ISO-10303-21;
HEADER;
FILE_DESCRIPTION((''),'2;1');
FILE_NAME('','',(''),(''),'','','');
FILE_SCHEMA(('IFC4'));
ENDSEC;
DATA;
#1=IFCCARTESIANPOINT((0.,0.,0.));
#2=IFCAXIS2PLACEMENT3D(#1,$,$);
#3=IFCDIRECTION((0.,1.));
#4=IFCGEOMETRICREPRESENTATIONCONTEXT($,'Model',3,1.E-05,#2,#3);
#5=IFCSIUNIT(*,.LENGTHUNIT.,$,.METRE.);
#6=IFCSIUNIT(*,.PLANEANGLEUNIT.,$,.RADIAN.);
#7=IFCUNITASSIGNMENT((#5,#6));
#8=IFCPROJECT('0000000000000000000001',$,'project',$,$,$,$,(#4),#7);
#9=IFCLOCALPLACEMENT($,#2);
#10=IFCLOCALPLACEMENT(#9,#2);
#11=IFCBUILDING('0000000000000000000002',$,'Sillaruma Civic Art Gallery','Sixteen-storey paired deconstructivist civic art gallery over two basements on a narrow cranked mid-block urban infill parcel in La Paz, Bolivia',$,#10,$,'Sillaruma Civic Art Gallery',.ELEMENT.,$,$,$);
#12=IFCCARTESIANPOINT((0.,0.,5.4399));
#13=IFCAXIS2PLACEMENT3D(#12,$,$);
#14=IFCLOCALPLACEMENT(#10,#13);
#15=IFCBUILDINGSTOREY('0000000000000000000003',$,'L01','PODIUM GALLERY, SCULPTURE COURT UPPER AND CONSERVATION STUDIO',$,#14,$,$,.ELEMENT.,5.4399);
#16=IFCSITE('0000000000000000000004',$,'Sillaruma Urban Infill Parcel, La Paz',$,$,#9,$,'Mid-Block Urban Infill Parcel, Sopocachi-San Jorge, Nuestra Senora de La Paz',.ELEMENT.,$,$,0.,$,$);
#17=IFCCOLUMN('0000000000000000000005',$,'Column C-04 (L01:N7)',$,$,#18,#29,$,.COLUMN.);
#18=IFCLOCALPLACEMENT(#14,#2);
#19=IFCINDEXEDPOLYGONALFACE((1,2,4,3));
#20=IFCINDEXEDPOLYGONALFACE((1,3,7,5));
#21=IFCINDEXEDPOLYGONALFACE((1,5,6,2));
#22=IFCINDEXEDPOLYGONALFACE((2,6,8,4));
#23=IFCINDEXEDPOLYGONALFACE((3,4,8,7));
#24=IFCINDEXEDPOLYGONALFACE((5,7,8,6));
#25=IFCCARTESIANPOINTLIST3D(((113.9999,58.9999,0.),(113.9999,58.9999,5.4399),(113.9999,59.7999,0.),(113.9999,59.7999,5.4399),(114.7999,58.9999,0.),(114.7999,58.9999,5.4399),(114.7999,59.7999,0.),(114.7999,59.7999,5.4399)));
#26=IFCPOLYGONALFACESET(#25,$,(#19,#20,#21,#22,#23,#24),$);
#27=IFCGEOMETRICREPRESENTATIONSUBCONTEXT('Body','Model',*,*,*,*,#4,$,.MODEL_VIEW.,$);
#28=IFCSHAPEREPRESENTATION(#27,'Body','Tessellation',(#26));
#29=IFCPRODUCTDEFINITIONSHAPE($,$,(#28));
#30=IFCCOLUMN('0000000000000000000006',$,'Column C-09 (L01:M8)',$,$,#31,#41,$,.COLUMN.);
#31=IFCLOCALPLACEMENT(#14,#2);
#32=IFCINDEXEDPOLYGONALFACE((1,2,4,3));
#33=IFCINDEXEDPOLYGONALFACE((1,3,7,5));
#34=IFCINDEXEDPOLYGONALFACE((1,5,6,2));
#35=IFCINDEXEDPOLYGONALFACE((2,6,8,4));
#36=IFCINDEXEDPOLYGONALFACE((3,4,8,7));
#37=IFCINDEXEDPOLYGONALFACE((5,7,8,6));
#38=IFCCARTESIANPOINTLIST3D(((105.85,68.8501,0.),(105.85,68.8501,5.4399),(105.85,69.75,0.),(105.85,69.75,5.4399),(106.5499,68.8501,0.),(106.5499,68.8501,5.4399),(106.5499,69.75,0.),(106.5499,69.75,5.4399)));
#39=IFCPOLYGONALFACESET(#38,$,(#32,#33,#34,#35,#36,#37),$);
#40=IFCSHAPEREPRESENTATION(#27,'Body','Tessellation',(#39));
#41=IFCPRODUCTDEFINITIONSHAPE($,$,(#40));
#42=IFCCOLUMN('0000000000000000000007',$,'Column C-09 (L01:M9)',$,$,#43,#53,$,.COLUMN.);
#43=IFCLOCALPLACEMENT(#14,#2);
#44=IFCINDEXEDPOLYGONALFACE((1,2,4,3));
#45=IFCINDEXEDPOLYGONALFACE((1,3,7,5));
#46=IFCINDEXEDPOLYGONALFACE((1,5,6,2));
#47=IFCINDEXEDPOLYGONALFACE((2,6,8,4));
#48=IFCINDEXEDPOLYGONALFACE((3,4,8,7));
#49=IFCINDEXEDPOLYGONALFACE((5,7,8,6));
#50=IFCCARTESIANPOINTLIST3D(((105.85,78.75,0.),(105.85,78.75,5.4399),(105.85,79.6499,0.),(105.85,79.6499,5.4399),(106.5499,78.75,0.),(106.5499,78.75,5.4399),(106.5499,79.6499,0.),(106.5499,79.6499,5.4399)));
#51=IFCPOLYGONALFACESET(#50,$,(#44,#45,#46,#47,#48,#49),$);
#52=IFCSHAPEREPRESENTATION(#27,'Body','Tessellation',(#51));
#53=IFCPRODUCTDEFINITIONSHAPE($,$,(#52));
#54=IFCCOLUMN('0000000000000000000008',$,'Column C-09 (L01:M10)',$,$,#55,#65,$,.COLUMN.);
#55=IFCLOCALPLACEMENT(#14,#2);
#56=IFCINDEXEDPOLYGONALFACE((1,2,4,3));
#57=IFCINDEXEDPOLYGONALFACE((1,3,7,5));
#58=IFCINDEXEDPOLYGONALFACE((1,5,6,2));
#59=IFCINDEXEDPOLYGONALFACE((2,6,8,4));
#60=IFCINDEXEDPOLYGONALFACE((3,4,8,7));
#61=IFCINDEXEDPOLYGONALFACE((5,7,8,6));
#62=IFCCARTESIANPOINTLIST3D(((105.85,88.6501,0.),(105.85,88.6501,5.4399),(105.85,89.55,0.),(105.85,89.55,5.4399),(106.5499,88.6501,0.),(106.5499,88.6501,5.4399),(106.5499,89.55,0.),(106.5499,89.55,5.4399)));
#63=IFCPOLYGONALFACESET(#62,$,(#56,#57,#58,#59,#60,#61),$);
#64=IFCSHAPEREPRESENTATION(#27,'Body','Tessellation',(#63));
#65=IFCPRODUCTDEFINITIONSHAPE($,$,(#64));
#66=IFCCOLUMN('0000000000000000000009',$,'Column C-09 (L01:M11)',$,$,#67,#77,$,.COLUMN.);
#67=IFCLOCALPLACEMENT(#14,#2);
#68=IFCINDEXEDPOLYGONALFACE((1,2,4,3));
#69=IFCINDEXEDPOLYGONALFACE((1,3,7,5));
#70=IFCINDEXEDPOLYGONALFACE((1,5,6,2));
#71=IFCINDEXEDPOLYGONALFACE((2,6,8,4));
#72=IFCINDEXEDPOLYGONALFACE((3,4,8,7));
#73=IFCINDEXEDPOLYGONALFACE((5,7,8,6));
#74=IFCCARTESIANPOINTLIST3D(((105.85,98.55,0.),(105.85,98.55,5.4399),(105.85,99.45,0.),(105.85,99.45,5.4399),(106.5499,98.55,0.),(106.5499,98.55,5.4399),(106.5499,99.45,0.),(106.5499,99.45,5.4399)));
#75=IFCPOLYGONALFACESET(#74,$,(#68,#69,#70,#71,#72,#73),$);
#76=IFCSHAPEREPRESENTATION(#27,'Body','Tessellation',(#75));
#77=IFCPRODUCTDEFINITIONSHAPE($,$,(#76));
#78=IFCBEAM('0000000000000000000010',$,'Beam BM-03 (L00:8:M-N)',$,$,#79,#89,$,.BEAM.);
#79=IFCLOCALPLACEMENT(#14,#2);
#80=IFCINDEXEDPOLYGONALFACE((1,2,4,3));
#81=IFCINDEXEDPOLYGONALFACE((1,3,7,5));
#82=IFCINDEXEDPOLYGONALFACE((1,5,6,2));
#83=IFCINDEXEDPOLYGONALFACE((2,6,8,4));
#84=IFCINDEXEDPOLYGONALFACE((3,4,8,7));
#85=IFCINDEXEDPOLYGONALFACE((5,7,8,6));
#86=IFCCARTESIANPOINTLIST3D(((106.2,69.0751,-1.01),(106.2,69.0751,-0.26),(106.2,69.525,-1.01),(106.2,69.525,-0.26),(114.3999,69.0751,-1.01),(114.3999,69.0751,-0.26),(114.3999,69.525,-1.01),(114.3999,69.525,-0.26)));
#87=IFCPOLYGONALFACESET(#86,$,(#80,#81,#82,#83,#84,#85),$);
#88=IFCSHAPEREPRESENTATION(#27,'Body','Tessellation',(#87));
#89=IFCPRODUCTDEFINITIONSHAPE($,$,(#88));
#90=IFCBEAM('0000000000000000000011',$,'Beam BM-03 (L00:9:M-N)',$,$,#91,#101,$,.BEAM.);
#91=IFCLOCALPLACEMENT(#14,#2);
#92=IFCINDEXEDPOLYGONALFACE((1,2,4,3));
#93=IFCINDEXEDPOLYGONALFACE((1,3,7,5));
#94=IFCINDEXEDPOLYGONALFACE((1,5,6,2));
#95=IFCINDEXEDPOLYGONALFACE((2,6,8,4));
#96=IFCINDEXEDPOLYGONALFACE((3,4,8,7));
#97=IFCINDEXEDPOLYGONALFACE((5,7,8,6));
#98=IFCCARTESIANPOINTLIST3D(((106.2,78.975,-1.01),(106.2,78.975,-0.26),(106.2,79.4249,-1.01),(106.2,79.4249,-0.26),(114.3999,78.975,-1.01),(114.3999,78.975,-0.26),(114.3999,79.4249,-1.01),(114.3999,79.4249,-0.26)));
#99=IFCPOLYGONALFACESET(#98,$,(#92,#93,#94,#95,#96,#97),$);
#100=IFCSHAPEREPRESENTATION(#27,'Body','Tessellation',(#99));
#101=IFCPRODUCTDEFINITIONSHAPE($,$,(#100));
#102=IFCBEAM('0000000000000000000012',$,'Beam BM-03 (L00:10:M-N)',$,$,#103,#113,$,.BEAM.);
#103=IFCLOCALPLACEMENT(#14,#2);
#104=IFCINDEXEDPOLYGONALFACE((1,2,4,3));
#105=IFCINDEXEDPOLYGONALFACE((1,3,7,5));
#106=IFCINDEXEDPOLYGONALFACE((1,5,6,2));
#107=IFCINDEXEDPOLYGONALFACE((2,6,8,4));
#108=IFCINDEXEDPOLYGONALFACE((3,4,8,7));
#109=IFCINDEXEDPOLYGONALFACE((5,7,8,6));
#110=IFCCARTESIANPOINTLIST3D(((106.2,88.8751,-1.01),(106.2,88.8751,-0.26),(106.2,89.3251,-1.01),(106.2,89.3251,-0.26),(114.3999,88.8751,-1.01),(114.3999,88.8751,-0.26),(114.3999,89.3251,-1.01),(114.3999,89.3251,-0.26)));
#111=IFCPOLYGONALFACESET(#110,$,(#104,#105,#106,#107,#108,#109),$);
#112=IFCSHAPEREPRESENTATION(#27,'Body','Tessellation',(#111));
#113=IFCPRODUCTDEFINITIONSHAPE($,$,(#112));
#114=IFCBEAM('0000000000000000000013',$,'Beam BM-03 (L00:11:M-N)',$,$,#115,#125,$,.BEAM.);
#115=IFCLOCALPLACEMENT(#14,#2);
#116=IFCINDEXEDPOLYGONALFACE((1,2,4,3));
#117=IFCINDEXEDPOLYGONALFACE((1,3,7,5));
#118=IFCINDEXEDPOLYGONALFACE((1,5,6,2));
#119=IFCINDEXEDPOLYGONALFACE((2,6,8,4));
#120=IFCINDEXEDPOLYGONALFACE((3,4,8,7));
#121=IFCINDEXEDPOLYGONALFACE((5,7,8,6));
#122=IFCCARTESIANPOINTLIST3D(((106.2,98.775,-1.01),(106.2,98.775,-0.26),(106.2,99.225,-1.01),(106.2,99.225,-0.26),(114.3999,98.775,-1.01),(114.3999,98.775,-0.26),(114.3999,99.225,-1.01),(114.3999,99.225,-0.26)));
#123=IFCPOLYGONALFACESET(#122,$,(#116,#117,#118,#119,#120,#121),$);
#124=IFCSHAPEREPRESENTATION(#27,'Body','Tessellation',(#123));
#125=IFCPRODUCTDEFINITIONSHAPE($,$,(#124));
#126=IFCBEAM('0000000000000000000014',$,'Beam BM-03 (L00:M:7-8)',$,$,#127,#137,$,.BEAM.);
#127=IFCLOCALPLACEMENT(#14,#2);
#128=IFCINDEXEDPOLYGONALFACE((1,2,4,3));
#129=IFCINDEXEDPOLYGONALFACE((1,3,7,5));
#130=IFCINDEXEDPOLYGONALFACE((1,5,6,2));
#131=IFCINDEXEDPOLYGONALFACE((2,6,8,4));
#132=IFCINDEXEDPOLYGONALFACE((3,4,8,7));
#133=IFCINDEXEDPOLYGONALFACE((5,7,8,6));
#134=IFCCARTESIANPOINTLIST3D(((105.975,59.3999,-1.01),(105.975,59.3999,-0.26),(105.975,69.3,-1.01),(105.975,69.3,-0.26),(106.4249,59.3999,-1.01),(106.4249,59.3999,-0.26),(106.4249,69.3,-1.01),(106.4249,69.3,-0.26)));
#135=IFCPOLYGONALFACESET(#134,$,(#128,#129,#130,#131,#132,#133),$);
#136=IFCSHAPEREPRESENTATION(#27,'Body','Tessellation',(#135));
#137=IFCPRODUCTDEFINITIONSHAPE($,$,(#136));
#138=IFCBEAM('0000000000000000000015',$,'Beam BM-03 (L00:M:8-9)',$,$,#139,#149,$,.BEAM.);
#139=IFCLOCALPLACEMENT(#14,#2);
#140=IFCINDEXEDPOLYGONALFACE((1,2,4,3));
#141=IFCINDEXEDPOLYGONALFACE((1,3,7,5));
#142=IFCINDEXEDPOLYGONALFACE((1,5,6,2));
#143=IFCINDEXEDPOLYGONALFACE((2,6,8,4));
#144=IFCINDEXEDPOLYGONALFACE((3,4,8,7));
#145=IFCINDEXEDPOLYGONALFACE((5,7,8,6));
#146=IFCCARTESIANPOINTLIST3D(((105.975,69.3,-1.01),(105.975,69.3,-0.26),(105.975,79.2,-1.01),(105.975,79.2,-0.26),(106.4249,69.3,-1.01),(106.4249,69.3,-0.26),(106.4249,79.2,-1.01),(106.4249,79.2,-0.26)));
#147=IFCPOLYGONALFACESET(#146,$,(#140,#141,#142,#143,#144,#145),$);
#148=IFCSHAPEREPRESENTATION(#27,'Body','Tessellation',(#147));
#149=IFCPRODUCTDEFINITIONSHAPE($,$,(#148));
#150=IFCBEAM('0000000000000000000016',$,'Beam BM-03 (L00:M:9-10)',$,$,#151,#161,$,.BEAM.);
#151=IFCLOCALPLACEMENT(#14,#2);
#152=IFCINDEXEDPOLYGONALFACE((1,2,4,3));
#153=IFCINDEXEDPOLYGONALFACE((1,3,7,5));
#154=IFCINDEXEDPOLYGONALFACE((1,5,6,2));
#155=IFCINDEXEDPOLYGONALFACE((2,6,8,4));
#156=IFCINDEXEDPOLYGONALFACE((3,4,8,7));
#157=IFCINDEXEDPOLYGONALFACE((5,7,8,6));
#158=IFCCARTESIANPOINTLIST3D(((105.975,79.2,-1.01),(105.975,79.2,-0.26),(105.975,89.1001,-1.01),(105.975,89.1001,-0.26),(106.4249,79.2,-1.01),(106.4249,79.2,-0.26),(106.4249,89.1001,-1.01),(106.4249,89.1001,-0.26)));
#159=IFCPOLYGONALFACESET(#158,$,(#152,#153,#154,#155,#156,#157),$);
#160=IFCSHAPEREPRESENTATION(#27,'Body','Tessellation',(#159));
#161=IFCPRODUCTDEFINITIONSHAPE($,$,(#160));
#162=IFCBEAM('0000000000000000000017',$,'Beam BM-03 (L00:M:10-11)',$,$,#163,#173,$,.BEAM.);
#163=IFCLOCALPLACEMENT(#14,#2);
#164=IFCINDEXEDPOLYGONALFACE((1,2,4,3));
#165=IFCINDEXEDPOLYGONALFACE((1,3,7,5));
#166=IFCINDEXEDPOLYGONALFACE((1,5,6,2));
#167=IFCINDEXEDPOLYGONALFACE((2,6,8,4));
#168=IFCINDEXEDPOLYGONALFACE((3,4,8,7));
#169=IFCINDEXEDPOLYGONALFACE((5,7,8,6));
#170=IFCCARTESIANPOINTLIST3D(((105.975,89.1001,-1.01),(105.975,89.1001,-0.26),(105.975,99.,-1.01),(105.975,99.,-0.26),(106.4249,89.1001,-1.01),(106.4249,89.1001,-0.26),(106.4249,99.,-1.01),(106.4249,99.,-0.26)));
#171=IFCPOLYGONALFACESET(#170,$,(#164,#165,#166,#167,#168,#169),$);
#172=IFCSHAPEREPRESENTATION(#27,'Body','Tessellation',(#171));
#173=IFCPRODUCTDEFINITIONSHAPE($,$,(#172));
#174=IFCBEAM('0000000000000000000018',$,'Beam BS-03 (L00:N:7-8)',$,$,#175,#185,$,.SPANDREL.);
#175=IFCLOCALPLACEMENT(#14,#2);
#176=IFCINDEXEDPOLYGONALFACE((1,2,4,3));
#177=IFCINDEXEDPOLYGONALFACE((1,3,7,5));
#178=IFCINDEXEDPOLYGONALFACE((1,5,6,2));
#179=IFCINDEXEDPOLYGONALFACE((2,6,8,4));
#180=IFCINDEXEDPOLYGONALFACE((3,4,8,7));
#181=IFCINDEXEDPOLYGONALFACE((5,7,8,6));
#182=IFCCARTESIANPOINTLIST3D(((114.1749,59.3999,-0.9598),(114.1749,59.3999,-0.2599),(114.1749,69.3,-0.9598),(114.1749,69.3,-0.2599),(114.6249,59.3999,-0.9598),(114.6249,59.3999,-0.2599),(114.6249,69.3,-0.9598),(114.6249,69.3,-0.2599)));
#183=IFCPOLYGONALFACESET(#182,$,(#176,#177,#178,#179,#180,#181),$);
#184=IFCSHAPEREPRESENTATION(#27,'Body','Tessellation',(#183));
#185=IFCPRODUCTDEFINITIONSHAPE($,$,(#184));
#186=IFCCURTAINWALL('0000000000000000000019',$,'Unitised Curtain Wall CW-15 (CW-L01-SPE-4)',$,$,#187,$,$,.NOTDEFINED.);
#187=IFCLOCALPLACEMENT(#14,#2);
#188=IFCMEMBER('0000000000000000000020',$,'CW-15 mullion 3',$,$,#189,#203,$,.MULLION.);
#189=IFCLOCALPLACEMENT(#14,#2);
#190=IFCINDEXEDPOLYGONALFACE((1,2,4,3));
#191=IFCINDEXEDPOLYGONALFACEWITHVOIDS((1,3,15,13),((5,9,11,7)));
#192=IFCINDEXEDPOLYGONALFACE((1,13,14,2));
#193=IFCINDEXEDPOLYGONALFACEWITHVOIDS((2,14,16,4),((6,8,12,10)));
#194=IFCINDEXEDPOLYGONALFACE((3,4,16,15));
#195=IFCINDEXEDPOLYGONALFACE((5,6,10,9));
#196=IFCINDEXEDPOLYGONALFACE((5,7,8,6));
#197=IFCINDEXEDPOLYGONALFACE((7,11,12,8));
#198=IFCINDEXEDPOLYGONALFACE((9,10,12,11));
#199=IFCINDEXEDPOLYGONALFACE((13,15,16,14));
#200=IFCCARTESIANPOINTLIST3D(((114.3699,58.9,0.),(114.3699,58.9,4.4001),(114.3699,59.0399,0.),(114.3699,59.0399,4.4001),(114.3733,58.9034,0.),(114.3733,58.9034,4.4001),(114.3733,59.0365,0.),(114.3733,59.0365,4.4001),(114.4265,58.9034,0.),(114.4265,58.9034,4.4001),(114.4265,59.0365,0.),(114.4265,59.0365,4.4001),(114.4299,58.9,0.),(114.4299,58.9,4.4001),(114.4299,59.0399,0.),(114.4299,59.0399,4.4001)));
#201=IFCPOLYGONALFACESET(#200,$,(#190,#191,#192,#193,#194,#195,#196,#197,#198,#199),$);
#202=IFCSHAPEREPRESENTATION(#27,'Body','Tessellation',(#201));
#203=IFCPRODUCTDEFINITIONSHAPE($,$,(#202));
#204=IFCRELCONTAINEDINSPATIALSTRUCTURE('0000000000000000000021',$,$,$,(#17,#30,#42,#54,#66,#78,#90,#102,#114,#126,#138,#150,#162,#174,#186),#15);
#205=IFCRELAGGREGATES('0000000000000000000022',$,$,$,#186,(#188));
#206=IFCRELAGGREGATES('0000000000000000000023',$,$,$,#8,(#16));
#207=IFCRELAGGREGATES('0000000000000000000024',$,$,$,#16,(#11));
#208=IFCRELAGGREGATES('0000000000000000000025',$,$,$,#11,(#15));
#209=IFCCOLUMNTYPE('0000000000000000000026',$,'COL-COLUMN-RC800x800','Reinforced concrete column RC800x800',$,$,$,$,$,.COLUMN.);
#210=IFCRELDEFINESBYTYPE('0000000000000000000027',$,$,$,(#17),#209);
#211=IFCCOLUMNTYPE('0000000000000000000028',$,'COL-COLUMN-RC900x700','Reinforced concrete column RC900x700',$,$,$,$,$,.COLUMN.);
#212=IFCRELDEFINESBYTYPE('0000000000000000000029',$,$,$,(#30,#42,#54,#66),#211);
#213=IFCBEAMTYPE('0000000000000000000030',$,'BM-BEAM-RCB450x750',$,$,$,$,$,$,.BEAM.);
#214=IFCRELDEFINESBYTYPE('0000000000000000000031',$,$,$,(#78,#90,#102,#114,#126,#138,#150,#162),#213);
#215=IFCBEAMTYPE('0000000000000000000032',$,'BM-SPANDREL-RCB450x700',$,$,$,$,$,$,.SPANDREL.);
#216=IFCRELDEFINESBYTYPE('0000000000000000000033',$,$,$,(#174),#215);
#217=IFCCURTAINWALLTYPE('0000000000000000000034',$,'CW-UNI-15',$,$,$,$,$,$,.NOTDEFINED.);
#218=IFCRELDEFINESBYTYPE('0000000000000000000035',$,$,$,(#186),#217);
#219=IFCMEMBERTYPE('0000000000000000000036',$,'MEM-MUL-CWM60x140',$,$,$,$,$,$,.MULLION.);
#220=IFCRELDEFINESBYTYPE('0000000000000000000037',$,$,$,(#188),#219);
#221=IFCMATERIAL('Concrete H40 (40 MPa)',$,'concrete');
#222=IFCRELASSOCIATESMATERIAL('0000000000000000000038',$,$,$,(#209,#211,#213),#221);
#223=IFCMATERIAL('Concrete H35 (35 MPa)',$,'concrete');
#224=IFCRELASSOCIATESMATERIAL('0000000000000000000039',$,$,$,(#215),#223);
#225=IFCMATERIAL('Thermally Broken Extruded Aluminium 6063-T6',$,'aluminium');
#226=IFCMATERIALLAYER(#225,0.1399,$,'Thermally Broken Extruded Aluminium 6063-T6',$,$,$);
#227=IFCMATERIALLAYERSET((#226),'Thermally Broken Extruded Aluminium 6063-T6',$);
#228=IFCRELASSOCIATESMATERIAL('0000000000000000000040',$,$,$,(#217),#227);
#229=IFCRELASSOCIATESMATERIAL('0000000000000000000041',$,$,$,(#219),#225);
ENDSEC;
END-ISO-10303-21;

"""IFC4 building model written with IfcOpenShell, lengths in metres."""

from ifc_helpers import new_model, si_unit, direction, frame, origin, origin_2d, place, context, subcontext, project, spatial, rectangle, hollow_rectangle, extrude, material, layer, layer_set, material_profile, profile_set, type_object, element, aggregate, save


model = new_model("IFC4")

# Units and contexts
model_context = context("Model", 3, precision=1e-05, world=origin(), true_north=direction((0.0, 1.0)))
body_context = subcontext(model_context, "Body", "Model", "MODEL_VIEW")
ifc_project = project(units=[si_unit("LENGTHUNIT", "METRE"), si_unit("PLANEANGLEUNIT", "RADIAN")], contexts=[model_context])

# Site, building, storey
site_placement = place(None, origin())
site = spatial("IfcSite", under=ifc_project, at=site_placement, Name="Sillaruma Urban Infill Parcel, La Paz", LongName="Mid-Block Urban Infill Parcel, Sopocachi-San Jorge, Nuestra Senora de La Paz", CompositionType="ELEMENT", RefElevation=0.0)
building_placement = place(site_placement, origin())
building = spatial("IfcBuilding", under=site, at=building_placement, Name="Sillaruma Civic Art Gallery", Description="Sixteen-storey paired deconstructivist civic art gallery over two basements on a narrow cranked mid-block urban infill parcel in La Paz, Bolivia", LongName="Sillaruma Civic Art Gallery", CompositionType="ELEMENT")
storey_placement = place(building_placement, frame((0.0, 0.0, 5.4399)))
storey = spatial("IfcBuildingStorey", under=building, at=storey_placement, Name="L01", Description="PODIUM GALLERY, SCULPTURE COURT UPPER AND CONSERVATION STUDIO", CompositionType="ELEMENT", Elevation=5.4399)

# Columns
ifc_material_1 = material(Name="Concrete H40 (40 MPa)", Category="concrete")
ifc_material_profile_1 = material_profile(ifc_material_1, rectangle(XDim=0.8, YDim=0.8, at=origin_2d()), Name="RC800x800")
ifc_profile_set_1 = profile_set([ifc_material_profile_1], Name="Concrete H40 (40 MPa)")
column_type_1 = type_object("IfcColumnType", Name="COL-COLUMN-RC800x800", Description="Reinforced concrete column RC800x800", PredefinedType="COLUMN", material=ifc_profile_set_1)
column_placement = place(storey_placement, frame((114.3999, 59.3999, 0.0), z_axis=(0.0, 0.0, 1.0), x_axis=(1.0, 0.0, 0.0)))
element("IfcColumn", 1, at=column_placement, inside=storey, type_object=column_type_1, Name="Column C-04 (L01:N7)", PredefinedType="COLUMN", context=body_context, shape_type="SweptSolid", body=[
    extrude(rectangle(XDim=0.8, YDim=0.8, at=origin_2d()), origin(), (0.0, 0.0, 1.0), 5.4399),
])
ifc_material_profile_2 = material_profile(ifc_material_1, rectangle(XDim=0.7, YDim=0.8999, at=origin_2d()), Name="RC900x700")
ifc_profile_set_2 = profile_set([ifc_material_profile_2], Name="Concrete H40 (40 MPa)")
column_type_2 = type_object("IfcColumnType", Name="COL-COLUMN-RC900x700", Description="Reinforced concrete column RC900x700", PredefinedType="COLUMN", material=ifc_profile_set_2)
for number, where, z_axis, x_axis, name in (
    (2, (106.2, 69.3, 0.0), (0.0, 0.0, 1.0), (1.0, 0.0, 0.0), "Column C-09 (L01:M8)"),
    (3, (106.2, 79.2, 0.0), (0.0, 0.0, 1.0), (1.0, 0.0, 0.0), "Column C-09 (L01:M9)"),
    (4, (106.2, 89.1001, 0.0), (0.0, 0.0, 1.0), (1.0, 0.0, 0.0), "Column C-09 (L01:M10)"),
    (5, (106.2, 99.0, 0.0), (0.0, 0.0, 1.0), (1.0, 0.0, 0.0), "Column C-09 (L01:M11)"),
):
    element("IfcColumn", number, at=place(storey_placement, frame(where, z_axis=z_axis, x_axis=x_axis)), inside=storey, type_object=column_type_2, Name=name, PredefinedType="COLUMN", context=body_context, shape_type="SweptSolid", body=[
        extrude(rectangle(XDim=0.7, YDim=0.8999, at=origin_2d()), origin(), (0.0, 0.0, 1.0), 5.4399),
    ])

# Beams
ifc_material_profile_3 = material_profile(ifc_material_1, rectangle(XDim=0.45, YDim=0.75, at=origin_2d()), Name="RCB450x750")
ifc_profile_set_3 = profile_set([ifc_material_profile_3], Name="Concrete H40 (40 MPa)")
beam_type_1 = type_object("IfcBeamType", Name="BM-BEAM-RCB450x750", PredefinedType="BEAM", material=ifc_profile_set_3)
for number, where, z_axis, x_axis, name in (
    (6, (106.2, 69.3, -0.635), (1.0, 0.0, 0.0), (0.0, 1.0, 0.0), "Beam BM-03 (L00:8:M-N)"),
    (7, (106.2, 79.2, -0.635), (1.0, 0.0, 0.0), (0.0, 1.0, 0.0), "Beam BM-03 (L00:9:M-N)"),
    (8, (106.2, 89.1001, -0.635), (1.0, 0.0, 0.0), (0.0, 1.0, 0.0), "Beam BM-03 (L00:10:M-N)"),
    (9, (106.2, 99.0, -0.635), (1.0, 0.0, 0.0), (0.0, 1.0, 0.0), "Beam BM-03 (L00:11:M-N)"),
):
    element("IfcBeam", number, at=place(storey_placement, frame(where, z_axis=z_axis, x_axis=x_axis)), inside=storey, type_object=beam_type_1, Name=name, PredefinedType="BEAM", context=body_context, shape_type="SweptSolid", body=[
        extrude(rectangle(XDim=0.45, YDim=0.75, at=origin_2d()), origin(), (0.0, 0.0, 1.0), 8.2),
    ])
beam_1_placement = place(storey_placement, frame((106.2, 59.3999, -0.635), z_axis=(0.0, 1.0, 0.0), x_axis=(-1.0, 0.0, 0.0)))
element("IfcBeam", 10, at=beam_1_placement, inside=storey, type_object=beam_type_1, Name="Beam BM-03 (L00:M:7-8)", PredefinedType="BEAM", context=body_context, shape_type="SweptSolid", body=[
    extrude(rectangle(XDim=0.45, YDim=0.75, at=origin_2d()), origin(), (0.0, 0.0, 1.0), 9.9001),
])
beam_2_placement = place(storey_placement, frame((106.2, 69.3, -0.635), z_axis=(0.0, 1.0, 0.0), x_axis=(-1.0, 0.0, 0.0)))
element("IfcBeam", 11, at=beam_2_placement, inside=storey, type_object=beam_type_1, Name="Beam BM-03 (L00:M:8-9)", PredefinedType="BEAM", context=body_context, shape_type="SweptSolid", body=[
    extrude(rectangle(XDim=0.45, YDim=0.75, at=origin_2d()), origin(), (0.0, 0.0, 1.0), 9.8999),
])
beam_3_placement = place(storey_placement, frame((106.2, 79.2, -0.635), z_axis=(0.0, 1.0, 0.0), x_axis=(-1.0, 0.0, 0.0)))
element("IfcBeam", 12, at=beam_3_placement, inside=storey, type_object=beam_type_1, Name="Beam BM-03 (L00:M:9-10)", PredefinedType="BEAM", context=body_context, shape_type="SweptSolid", body=[
    extrude(rectangle(XDim=0.45, YDim=0.75, at=origin_2d()), origin(), (0.0, 0.0, 1.0), 9.9001),
])
beam_4_placement = place(storey_placement, frame((106.2, 89.1001, -0.635), z_axis=(0.0, 1.0, 0.0), x_axis=(-1.0, 0.0, 0.0)))
element("IfcBeam", 13, at=beam_4_placement, inside=storey, type_object=beam_type_1, Name="Beam BM-03 (L00:M:10-11)", PredefinedType="BEAM", context=body_context, shape_type="SweptSolid", body=[
    extrude(rectangle(XDim=0.45, YDim=0.75, at=origin_2d()), origin(), (0.0, 0.0, 1.0), 9.8999),
])
ifc_material_2 = material(Name="Concrete H35 (35 MPa)", Category="concrete")
ifc_material_profile_4 = material_profile(ifc_material_2, rectangle(XDim=0.45, YDim=0.7, at=origin_2d()), Name="RCB450x700")
ifc_profile_set_4 = profile_set([ifc_material_profile_4], Name="Concrete H35 (35 MPa)")
beam_type_2 = type_object("IfcBeamType", Name="BM-SPANDREL-RCB450x700", PredefinedType="SPANDREL", material=ifc_profile_set_4)
beam_5_placement = place(storey_placement, frame((114.3999, 59.3999, -0.6099), z_axis=(0.0, 1.0, 0.0), x_axis=(-1.0, 0.0, 0.0)))
element("IfcBeam", 14, at=beam_5_placement, inside=storey, type_object=beam_type_2, Name="Beam BS-03 (L00:N:7-8)", PredefinedType="SPANDREL", context=body_context, shape_type="SweptSolid", body=[
    extrude(rectangle(XDim=0.45, YDim=0.7, at=origin_2d()), origin(), (0.0, 0.0, 1.0), 9.9001),
])

# Curtain wall, member
ifc_material_3 = material(Name="Thermally Broken Extruded Aluminium 6063-T6", Category="aluminium")
ifc_layer_1 = layer(ifc_material_3, 0.1399, Name="Thermally Broken Extruded Aluminium 6063-T6")
ifc_layer_set_1 = layer_set([ifc_layer_1], Name="Thermally Broken Extruded Aluminium 6063-T6")
curtain_wall_type_1 = type_object("IfcCurtainWallType", Name="CW-UNI-15", PredefinedType="NOTDEFINED", material=ifc_layer_set_1)
curtain_wall_1_placement = place(storey_placement, origin())
curtain_wall_1 = element("IfcCurtainWall", 15, at=curtain_wall_1_placement, inside=storey, type_object=curtain_wall_type_1, Name="Unitised Curtain Wall CW-15 (CW-L01-SPE-4)", PredefinedType="NOTDEFINED")
ifc_material_profile_5 = material_profile(ifc_material_3, hollow_rectangle(XDim=0.0601, YDim=0.1399, WallThickness=0.0034, at=origin_2d()), Name="CWM60x140")
ifc_profile_set_5 = profile_set([ifc_material_profile_5], Name="Thermally Broken Extruded Aluminium 6063-T6")
member_type_1 = type_object("IfcMemberType", Name="MEM-MUL-CWM60x140", PredefinedType="MULLION", material=ifc_profile_set_5)
member_1_placement = place(storey_placement, frame((114.3999, 58.97, 0.0), z_axis=(0.0, 0.0, 1.0), x_axis=(-1.0, 0.0, 0.0)))
member_1 = element("IfcMember", 16, at=member_1_placement, type_object=member_type_1, Name="CW-15 mullion 3", PredefinedType="MULLION", context=body_context, shape_type="SweptSolid", body=[
    extrude(hollow_rectangle(XDim=0.0601, YDim=0.1399, WallThickness=0.0034, at=origin_2d()), origin(), (0.0, 0.0, 1.0), 4.4001),
])

aggregate(curtain_wall_1, [member_1])

save(model, "model.ifc")
